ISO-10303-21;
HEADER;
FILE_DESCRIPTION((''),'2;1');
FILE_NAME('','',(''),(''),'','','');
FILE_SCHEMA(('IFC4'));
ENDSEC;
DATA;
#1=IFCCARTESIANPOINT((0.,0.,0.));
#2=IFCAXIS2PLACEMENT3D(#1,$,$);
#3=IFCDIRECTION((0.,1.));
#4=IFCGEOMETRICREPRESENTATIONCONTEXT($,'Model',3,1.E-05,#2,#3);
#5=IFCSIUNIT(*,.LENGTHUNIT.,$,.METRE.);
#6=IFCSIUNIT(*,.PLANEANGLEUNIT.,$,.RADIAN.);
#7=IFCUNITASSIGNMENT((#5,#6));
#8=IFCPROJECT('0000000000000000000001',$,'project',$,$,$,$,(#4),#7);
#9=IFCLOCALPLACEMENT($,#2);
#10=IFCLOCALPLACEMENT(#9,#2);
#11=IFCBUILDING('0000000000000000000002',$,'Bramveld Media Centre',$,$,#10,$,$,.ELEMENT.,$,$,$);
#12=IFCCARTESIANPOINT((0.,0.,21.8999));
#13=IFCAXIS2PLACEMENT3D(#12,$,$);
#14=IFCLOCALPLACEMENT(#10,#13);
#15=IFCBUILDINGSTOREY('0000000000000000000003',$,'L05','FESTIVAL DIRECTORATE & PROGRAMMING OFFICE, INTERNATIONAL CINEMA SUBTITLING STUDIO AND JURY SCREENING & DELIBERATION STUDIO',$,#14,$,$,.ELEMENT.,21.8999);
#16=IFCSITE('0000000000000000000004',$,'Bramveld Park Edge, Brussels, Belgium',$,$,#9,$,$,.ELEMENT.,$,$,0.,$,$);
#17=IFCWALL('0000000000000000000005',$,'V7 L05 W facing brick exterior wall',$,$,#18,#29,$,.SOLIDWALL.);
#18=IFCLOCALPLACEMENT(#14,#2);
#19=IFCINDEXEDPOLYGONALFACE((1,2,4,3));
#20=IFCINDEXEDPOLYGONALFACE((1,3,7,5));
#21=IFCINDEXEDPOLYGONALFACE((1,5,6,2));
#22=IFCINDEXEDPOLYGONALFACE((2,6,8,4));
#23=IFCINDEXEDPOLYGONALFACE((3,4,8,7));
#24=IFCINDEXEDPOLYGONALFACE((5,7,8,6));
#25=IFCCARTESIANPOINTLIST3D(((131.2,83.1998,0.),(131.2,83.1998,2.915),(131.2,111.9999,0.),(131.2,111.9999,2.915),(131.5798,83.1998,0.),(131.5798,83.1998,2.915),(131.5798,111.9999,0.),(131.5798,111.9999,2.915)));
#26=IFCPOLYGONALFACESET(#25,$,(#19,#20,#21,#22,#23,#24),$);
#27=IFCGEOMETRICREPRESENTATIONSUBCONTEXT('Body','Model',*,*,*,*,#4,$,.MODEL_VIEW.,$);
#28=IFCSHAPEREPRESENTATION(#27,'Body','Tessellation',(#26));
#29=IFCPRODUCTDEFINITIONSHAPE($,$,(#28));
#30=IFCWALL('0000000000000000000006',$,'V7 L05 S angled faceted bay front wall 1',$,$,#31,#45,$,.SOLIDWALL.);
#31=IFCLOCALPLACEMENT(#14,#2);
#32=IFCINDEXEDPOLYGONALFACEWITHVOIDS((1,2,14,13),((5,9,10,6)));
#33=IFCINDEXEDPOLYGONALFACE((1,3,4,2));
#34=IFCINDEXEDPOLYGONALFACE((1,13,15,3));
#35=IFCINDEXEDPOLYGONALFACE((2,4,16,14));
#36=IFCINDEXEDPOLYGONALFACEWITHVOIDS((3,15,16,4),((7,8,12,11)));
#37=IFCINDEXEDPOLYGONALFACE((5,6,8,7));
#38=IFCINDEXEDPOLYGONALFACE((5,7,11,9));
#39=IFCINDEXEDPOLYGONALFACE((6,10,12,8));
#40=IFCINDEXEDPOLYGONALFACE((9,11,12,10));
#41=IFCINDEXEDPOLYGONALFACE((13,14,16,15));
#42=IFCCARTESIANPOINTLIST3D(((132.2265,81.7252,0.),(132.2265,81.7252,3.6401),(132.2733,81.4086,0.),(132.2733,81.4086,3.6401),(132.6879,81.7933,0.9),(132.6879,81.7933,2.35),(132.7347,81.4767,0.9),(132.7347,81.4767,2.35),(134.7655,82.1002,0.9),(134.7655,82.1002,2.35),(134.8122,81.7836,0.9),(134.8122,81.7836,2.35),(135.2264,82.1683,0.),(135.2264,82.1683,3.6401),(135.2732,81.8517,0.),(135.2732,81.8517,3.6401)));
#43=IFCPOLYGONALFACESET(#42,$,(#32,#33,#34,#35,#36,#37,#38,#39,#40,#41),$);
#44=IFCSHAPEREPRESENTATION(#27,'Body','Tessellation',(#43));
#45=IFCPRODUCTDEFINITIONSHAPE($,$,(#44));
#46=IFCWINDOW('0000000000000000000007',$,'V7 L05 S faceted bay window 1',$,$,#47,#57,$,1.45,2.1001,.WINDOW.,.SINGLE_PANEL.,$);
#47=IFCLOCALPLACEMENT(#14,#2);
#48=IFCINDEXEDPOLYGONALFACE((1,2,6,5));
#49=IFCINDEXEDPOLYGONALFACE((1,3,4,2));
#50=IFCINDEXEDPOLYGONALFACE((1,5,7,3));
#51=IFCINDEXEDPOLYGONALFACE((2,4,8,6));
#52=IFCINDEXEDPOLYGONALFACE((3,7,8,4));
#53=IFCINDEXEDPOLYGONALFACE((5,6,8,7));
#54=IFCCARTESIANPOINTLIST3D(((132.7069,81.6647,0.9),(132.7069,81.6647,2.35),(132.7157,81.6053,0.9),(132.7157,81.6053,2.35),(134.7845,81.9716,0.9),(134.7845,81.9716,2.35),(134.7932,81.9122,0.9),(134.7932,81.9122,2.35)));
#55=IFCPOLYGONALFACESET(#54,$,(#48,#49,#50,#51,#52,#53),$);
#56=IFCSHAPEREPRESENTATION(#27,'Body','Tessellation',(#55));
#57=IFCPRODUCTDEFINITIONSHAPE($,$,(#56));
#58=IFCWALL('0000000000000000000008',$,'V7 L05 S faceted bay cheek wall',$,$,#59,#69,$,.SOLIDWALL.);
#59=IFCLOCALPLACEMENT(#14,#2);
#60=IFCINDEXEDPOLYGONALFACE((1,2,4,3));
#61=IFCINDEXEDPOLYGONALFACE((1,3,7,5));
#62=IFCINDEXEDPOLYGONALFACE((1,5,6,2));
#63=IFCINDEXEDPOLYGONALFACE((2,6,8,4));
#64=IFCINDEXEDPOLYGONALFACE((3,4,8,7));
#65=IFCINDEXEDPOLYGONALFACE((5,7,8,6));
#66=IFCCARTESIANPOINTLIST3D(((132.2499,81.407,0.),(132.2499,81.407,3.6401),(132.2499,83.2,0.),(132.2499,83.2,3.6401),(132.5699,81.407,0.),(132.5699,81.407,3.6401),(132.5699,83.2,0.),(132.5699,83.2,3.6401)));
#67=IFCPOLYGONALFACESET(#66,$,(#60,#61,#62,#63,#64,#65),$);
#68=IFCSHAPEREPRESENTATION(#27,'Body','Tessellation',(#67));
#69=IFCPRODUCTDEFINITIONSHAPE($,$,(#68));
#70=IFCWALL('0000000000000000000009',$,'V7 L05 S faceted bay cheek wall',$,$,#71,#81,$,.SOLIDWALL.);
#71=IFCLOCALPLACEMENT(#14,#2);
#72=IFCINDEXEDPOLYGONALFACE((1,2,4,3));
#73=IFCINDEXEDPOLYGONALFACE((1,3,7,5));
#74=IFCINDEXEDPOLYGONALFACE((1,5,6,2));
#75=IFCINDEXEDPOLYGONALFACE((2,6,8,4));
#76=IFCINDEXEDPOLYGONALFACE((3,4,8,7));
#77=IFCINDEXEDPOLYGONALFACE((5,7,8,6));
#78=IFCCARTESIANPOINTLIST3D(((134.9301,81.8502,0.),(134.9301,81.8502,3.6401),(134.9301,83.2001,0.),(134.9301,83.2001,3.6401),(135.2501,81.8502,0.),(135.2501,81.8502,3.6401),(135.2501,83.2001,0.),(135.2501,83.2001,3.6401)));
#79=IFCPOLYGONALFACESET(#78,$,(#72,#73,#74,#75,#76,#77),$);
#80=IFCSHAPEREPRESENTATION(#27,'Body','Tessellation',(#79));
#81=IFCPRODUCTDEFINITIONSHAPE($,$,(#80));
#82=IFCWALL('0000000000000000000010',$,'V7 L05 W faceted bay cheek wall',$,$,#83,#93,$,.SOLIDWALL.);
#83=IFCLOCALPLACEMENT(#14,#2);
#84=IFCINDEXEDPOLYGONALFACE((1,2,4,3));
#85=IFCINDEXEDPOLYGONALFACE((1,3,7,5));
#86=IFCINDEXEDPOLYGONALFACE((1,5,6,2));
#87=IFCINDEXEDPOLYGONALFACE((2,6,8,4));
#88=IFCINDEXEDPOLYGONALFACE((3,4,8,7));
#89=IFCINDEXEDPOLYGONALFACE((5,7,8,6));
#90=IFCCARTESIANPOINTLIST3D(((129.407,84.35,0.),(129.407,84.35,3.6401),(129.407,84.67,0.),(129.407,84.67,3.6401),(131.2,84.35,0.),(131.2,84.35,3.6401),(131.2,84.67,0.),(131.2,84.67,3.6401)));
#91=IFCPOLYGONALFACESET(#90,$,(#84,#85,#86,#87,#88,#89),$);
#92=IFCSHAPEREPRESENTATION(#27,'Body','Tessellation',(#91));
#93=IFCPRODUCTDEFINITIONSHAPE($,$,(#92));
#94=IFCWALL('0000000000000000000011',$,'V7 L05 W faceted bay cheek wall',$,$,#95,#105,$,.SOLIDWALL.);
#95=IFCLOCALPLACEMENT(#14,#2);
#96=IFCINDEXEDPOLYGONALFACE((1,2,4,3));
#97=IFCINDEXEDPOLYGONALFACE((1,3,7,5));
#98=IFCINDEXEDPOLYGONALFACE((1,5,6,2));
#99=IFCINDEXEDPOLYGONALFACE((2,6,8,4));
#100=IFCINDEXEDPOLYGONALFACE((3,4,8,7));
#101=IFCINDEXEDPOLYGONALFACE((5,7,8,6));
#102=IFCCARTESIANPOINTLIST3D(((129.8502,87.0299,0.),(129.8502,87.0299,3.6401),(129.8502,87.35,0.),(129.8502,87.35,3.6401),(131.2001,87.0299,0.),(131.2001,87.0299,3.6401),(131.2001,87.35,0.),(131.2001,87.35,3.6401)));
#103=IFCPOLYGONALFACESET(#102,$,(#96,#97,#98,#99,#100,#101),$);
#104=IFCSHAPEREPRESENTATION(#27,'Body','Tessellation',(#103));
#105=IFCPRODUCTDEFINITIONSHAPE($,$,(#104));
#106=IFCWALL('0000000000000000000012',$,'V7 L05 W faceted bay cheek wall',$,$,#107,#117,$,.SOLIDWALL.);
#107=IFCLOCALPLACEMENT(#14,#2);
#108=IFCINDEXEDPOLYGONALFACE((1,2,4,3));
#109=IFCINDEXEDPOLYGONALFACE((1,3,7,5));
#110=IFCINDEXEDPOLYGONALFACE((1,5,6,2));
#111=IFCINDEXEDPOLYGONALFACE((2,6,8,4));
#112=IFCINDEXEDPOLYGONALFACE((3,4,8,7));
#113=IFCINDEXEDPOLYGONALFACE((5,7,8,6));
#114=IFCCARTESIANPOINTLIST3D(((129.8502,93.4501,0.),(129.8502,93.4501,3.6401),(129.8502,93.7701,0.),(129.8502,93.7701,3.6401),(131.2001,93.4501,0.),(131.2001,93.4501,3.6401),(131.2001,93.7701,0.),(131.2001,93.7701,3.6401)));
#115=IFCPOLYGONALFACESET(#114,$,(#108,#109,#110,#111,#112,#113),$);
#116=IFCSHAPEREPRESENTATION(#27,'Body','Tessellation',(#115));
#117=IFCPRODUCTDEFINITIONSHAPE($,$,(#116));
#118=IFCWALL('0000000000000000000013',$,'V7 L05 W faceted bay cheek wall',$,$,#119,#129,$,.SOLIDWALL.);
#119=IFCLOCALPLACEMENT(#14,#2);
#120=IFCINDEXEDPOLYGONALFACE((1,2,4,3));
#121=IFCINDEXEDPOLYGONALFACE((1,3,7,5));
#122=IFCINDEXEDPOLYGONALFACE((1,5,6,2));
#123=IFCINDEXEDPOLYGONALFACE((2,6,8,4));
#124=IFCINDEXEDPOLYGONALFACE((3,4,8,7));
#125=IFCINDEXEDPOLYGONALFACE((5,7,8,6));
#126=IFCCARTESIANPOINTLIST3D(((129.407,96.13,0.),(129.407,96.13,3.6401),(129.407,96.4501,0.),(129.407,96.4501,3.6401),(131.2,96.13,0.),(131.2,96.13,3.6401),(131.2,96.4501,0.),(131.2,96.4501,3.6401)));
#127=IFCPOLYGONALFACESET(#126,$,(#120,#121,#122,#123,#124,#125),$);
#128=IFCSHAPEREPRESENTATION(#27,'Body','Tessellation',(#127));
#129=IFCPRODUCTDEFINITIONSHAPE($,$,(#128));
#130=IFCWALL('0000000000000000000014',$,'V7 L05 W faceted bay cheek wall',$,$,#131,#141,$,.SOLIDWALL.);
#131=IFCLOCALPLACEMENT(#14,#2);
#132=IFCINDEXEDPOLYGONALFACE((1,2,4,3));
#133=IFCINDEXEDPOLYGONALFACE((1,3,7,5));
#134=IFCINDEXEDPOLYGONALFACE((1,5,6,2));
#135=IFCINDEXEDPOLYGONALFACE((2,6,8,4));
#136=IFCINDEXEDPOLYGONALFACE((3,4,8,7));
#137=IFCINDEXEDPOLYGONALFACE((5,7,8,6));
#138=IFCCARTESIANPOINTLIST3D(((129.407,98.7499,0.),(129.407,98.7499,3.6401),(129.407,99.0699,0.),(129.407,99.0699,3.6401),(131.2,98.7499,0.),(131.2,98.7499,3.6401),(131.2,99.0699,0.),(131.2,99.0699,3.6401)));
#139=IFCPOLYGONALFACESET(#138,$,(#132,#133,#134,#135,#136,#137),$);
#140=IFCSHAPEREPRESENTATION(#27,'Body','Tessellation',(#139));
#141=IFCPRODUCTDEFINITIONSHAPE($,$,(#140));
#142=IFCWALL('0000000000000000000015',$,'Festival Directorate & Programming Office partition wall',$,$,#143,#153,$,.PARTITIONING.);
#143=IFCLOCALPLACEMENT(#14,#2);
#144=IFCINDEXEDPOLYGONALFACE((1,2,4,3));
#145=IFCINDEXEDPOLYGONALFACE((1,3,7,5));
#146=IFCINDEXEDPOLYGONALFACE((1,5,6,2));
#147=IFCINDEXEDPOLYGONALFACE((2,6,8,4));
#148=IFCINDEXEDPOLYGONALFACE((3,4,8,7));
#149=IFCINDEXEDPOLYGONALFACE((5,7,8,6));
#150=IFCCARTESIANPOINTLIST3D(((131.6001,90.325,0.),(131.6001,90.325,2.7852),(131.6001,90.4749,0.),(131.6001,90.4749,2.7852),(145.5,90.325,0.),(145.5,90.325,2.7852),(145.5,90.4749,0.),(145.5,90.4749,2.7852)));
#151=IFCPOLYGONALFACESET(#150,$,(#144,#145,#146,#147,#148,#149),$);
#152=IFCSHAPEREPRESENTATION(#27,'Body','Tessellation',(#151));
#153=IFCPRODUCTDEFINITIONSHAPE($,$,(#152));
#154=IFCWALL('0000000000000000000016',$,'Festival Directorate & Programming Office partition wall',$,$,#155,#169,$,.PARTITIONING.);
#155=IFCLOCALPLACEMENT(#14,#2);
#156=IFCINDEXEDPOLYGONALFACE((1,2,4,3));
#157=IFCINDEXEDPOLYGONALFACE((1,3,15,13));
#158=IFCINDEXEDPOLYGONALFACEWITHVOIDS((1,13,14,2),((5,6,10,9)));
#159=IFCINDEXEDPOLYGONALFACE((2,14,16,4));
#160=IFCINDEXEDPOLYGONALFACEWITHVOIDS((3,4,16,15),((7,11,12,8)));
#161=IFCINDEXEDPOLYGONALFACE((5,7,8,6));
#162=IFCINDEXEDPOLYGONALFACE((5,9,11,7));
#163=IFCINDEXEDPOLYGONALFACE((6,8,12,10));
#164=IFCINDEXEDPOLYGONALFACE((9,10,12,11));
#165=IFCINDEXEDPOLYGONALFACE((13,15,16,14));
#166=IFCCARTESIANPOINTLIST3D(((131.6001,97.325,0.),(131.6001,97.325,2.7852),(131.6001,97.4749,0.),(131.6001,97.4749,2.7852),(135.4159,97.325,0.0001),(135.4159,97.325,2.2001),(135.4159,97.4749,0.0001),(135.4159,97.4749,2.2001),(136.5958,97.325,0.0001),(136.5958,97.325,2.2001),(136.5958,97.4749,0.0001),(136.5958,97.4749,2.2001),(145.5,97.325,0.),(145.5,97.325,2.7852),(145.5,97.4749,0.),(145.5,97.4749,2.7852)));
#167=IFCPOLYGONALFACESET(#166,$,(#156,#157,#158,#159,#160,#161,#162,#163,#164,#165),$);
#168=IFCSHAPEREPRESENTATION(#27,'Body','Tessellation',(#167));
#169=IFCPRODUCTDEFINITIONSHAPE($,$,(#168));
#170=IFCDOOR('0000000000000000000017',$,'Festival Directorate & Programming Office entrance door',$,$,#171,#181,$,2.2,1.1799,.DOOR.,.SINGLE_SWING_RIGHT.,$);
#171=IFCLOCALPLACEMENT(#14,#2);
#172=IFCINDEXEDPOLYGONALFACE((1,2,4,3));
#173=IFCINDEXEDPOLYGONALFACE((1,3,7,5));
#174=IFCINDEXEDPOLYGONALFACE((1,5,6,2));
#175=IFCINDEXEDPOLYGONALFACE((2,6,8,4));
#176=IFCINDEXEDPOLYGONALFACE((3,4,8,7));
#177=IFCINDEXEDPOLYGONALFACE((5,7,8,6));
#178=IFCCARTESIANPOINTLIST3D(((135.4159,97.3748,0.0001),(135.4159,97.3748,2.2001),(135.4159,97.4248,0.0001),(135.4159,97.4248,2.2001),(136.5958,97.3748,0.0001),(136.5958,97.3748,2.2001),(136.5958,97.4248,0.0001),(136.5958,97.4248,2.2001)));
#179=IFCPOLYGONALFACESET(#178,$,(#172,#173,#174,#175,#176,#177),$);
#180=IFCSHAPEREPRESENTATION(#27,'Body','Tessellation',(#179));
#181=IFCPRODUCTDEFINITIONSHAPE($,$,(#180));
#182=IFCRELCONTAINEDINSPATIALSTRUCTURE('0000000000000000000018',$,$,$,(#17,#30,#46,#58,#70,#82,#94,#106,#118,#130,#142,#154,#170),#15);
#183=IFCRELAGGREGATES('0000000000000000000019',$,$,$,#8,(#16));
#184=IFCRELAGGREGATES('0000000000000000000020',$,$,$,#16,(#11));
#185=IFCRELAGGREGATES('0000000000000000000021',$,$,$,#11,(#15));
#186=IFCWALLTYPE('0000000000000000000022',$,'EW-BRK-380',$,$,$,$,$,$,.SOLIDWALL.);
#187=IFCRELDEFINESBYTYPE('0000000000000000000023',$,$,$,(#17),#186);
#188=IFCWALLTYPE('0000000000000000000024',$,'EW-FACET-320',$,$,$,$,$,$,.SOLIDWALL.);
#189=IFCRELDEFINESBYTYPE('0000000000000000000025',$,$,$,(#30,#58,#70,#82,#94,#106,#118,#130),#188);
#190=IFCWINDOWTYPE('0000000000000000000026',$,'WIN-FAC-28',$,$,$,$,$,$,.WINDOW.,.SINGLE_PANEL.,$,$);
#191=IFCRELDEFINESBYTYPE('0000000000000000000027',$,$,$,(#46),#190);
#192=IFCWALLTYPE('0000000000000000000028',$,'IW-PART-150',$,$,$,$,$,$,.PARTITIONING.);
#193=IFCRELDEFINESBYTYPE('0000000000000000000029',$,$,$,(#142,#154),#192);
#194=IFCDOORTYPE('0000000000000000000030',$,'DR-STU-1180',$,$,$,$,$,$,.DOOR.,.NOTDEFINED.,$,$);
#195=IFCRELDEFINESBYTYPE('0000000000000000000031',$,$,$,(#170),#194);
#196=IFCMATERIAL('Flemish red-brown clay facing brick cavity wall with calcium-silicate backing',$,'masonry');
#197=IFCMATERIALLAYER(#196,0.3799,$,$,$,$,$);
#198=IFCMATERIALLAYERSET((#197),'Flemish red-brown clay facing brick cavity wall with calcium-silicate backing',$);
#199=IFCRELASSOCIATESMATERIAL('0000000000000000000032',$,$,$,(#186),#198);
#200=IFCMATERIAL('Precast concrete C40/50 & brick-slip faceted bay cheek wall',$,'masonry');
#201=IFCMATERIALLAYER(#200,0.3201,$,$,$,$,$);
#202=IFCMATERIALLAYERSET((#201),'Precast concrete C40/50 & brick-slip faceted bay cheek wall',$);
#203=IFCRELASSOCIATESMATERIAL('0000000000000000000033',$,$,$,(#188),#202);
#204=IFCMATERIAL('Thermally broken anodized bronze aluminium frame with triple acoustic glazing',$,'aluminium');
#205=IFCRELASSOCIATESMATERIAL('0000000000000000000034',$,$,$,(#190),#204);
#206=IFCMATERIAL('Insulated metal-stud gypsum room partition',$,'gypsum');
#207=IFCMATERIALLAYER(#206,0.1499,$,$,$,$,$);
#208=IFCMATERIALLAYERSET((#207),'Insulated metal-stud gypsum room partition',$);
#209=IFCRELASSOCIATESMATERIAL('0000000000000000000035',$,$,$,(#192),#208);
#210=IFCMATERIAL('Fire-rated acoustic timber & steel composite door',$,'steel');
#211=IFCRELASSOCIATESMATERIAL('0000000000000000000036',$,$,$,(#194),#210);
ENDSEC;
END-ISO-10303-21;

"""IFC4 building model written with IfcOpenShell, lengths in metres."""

from ifc_helpers import new_model, si_unit, direction, frame, frame_2d, origin, place, context, subcontext, project, spatial, rectangle, extrude, material, layer, layer_set, type_object, element, fill, save


model = new_model("IFC4")

# Units and contexts
model_context = context("Model", 3, precision=1e-05, world=origin(), true_north=direction((0.0, 1.0)))
body_context = subcontext(model_context, "Body", "Model", "MODEL_VIEW")
ifc_project = project(units=[si_unit("LENGTHUNIT", "METRE"), si_unit("PLANEANGLEUNIT", "RADIAN")], contexts=[model_context])

# Site, building, storey
site_placement = place(None, origin())
site = spatial("IfcSite", under=ifc_project, at=site_placement, Name="Bramveld Park Edge, Brussels, Belgium", CompositionType="ELEMENT", RefElevation=0.0)
building_placement = place(site_placement, origin())
building = spatial("IfcBuilding", under=site, at=building_placement, Name="Bramveld Media Centre", CompositionType="ELEMENT")
storey_placement = place(building_placement, frame((0.0, 0.0, 21.8999)))
storey = spatial("IfcBuildingStorey", under=building, at=storey_placement, Name="L05", Description="FESTIVAL DIRECTORATE & PROGRAMMING OFFICE, INTERNATIONAL CINEMA SUBTITLING STUDIO AND JURY SCREENING & DELIBERATION STUDIO", CompositionType="ELEMENT", Elevation=21.8999)

# Wall
ifc_material_1 = material(Name="Flemish red-brown clay facing brick cavity wall with calcium-silicate backing", Category="masonry")
ifc_layer_1 = layer(ifc_material_1, 0.3799)
ifc_layer_set_1 = layer_set([ifc_layer_1], Name="Flemish red-brown clay facing brick cavity wall with calcium-silicate backing")
wall_type_1 = type_object("IfcWallType", Name="EW-BRK-380", PredefinedType="SOLIDWALL", material=ifc_layer_set_1)
wall_1_placement = place(storey_placement, frame((131.3899, 83.2, 0.0), z_axis=(0.0, 0.0, 1.0), x_axis=(0.0, 1.0, 0.0)))
element("IfcWall", 1, at=wall_1_placement, inside=storey, type_object=wall_type_1, Name="V7 L05 W facing brick exterior wall", PredefinedType="SOLIDWALL", context=body_context, shape_type="SweptSolid", body=[
    extrude(rectangle(XDim=28.8, YDim=0.3799, at=frame_2d((14.3999, 0.0))), origin(), (0.0, 0.0, 1.0), 2.915),
])

# Wall, opening, window
ifc_material_2 = material(Name="Precast concrete C40/50 & brick-slip faceted bay cheek wall", Category="masonry")
ifc_layer_2 = layer(ifc_material_2, 0.3201)
ifc_layer_set_2 = layer_set([ifc_layer_2], Name="Precast concrete C40/50 & brick-slip faceted bay cheek wall")
wall_type_2 = type_object("IfcWallType", Name="EW-FACET-320", PredefinedType="SOLIDWALL", material=ifc_layer_set_2)
wall_2_placement = place(storey_placement, frame((132.25, 81.5669, 0.0), z_axis=(0.0, 0.0, 1.0), x_axis=(0.989267, 0.14612, 0.0)))
wall_2 = element("IfcWall", 2, at=wall_2_placement, inside=storey, type_object=wall_type_2, Name="V7 L05 S angled faceted bay front wall 1", PredefinedType="SOLIDWALL", context=body_context, shape_type="SweptSolid", body=[
    extrude(rectangle(XDim=3.0325, YDim=0.3201, at=frame_2d((1.5161, 0.0))), origin(), (0.0, 0.0, 1.0), 3.6401),
])
opening_1_placement = place(wall_2_placement, frame((0.4663, 0.0, 0.8999)))
opening_1 = element("IfcOpeningElement", 3, at=opening_1_placement, cuts=wall_2, PredefinedType="OPENING", context=body_context, shape_type="SweptSolid", body=[
    extrude(rectangle(XDim=2.1001, YDim=1.45, at=frame_2d((1.05, 0.7251))), frame((0.0, 0.1719, 0.0), z_axis=(0.0, -1.0, 0.0), x_axis=(1.0, 0.0, 0.0)), (0.0, 0.0, 1.0), 0.344),
])
ifc_material_3 = material(Name="Thermally broken anodized bronze aluminium frame with triple acoustic glazing", Category="aluminium")
window_type = type_object("IfcWindowType", Name="WIN-FAC-28", PartitioningType="SINGLE_PANEL", PredefinedType="WINDOW", material=ifc_material_3)
window_placement = place(opening_1_placement, origin())
window = element("IfcWindow", 4, at=window_placement, inside=storey, type_object=window_type, Name="V7 L05 S faceted bay window 1", OverallHeight=1.45, OverallWidth=2.1001, PartitioningType="SINGLE_PANEL", PredefinedType="WINDOW", context=body_context, shape_type="SweptSolid", body=[
    extrude(rectangle(XDim=2.1001, YDim=1.45, at=frame_2d((1.05, 0.7251))), frame((0.0, 0.03, 0.0), z_axis=(0.0, -1.0, 0.0), x_axis=(1.0, 0.0, 0.0)), (0.0, 0.0, 1.0), 0.0601),
])
fill(opening_1, window)

# Walls
wall_3_placement = place(storey_placement, frame((132.4099, 83.2, 0.0), z_axis=(0.0, 0.0, 1.0), x_axis=(0.0, -1.0, 0.0)))
element("IfcWall", 5, at=wall_3_placement, inside=storey, type_object=wall_type_2, Name="V7 L05 S faceted bay cheek wall", PredefinedType="SOLIDWALL", context=body_context, shape_type="SweptSolid", body=[
    extrude(rectangle(XDim=1.793, YDim=0.3201, at=frame_2d((0.8965, 0.0))), origin(), (0.0, 0.0, 1.0), 3.6401),
])
wall_4_placement = place(storey_placement, frame((135.0901, 83.2, 0.0), z_axis=(0.0, 0.0, 1.0), x_axis=(0.0, -1.0, 0.0)))
element("IfcWall", 6, at=wall_4_placement, inside=storey, type_object=wall_type_2, Name="V7 L05 S faceted bay cheek wall", PredefinedType="SOLIDWALL", context=body_context, shape_type="SweptSolid", body=[
    extrude(rectangle(XDim=1.3499, YDim=0.3201, at=frame_2d((0.6748, 0.0))), origin(), (0.0, 0.0, 1.0), 3.6401),
])
wall_5_placement = place(storey_placement, frame((131.2, 84.51, 0.0), z_axis=(0.0, 0.0, 1.0), x_axis=(-1.0, 0.0, 0.0)))
element("IfcWall", 7, at=wall_5_placement, inside=storey, type_object=wall_type_2, Name="V7 L05 W faceted bay cheek wall", PredefinedType="SOLIDWALL", context=body_context, shape_type="SweptSolid", body=[
    extrude(rectangle(XDim=1.793, YDim=0.3201, at=frame_2d((0.8965, 0.0))), origin(), (0.0, 0.0, 1.0), 3.6401),
])
for number, where, z_axis, x_axis, name in (
    (8, (131.2, 87.1899, 0.0), (0.0, 0.0, 1.0), (-1.0, 0.0, 0.0), "V7 L05 W faceted bay cheek wall"),
    (9, (131.2, 93.6101, 0.0), (0.0, 0.0, 1.0), (-1.0, 0.0, 0.0), "V7 L05 W faceted bay cheek wall"),
):
    element("IfcWall", number, at=place(storey_placement, frame(where, z_axis=z_axis, x_axis=x_axis)), inside=storey, type_object=wall_type_2, Name=name, PredefinedType="SOLIDWALL", context=body_context, shape_type="SweptSolid", body=[
        extrude(rectangle(XDim=1.3499, YDim=0.3201, at=frame_2d((0.6748, 0.0))), origin(), (0.0, 0.0, 1.0), 3.6401),
    ])
for number, where, z_axis, x_axis, name in (
    (10, (131.2, 96.29, 0.0), (0.0, 0.0, 1.0), (-1.0, 0.0, 0.0), "V7 L05 W faceted bay cheek wall"),
    (11, (131.2, 98.9099, 0.0), (0.0, 0.0, 1.0), (-1.0, 0.0, 0.0), "V7 L05 W faceted bay cheek wall"),
):
    element("IfcWall", number, at=place(storey_placement, frame(where, z_axis=z_axis, x_axis=x_axis)), inside=storey, type_object=wall_type_2, Name=name, PredefinedType="SOLIDWALL", context=body_context, shape_type="SweptSolid", body=[
        extrude(rectangle(XDim=1.793, YDim=0.3201, at=frame_2d((0.8965, 0.0))), origin(), (0.0, 0.0, 1.0), 3.6401),
    ])
ifc_material_4 = material(Name="Insulated metal-stud gypsum room partition", Category="gypsum")
ifc_layer_3 = layer(ifc_material_4, 0.1499)
ifc_layer_set_3 = layer_set([ifc_layer_3], Name="Insulated metal-stud gypsum room partition")
wall_type_3 = type_object("IfcWallType", Name="IW-PART-150", PredefinedType="PARTITIONING", material=ifc_layer_set_3)
wall_6_placement = place(storey_placement, frame((131.6001, 90.3999, 0.0), z_axis=(0.0, 0.0, 1.0), x_axis=(1.0, 0.0, 0.0)))
element("IfcWall", 12, at=wall_6_placement, inside=storey, type_object=wall_type_3, Name="Festival Directorate & Programming Office partition wall", PredefinedType="PARTITIONING", context=body_context, shape_type="SweptSolid", body=[
    extrude(rectangle(XDim=13.8999, YDim=0.1499, at=frame_2d((6.95, 0.0))), origin(), (0.0, 0.0, 1.0), 2.7852),
])

# Wall, opening, door
wall_7_placement = place(storey_placement, frame((131.6001, 97.3999, 0.0), z_axis=(0.0, 0.0, 1.0), x_axis=(1.0, 0.0, 0.0)))
wall_7 = element("IfcWall", 13, at=wall_7_placement, inside=storey, type_object=wall_type_3, Name="Festival Directorate & Programming Office partition wall", PredefinedType="PARTITIONING", context=body_context, shape_type="SweptSolid", body=[
    extrude(rectangle(XDim=13.8999, YDim=0.1499, at=frame_2d((6.95, 0.0))), origin(), (0.0, 0.0, 1.0), 2.7852),
])
opening_2_placement = place(wall_7_placement, frame((3.8159, 0.0, 0.0)))
opening_2 = element("IfcOpeningElement", 14, at=opening_2_placement, cuts=wall_7, PredefinedType="OPENING", context=body_context, shape_type="SweptSolid", body=[
    extrude(rectangle(XDim=1.1799, YDim=2.2, at=frame_2d((0.5898, 1.1001))), frame((0.0, 0.0869, 0.0), z_axis=(0.0, -1.0, 0.0), x_axis=(1.0, 0.0, 0.0)), (0.0, 0.0, 1.0), 0.1738),
])
ifc_material_5 = material(Name="Fire-rated acoustic timber & steel composite door", Category="steel")
door_type = type_object("IfcDoorType", Name="DR-STU-1180", OperationType="NOTDEFINED", PredefinedType="DOOR", material=ifc_material_5)
door_placement = place(opening_2_placement, origin())
door = element("IfcDoor", 15, at=door_placement, inside=storey, type_object=door_type, Name="Festival Directorate & Programming Office entrance door", OperationType="SINGLE_SWING_RIGHT", OverallHeight=2.2, OverallWidth=1.1799, PredefinedType="DOOR", context=body_context, shape_type="SweptSolid", body=[
    extrude(rectangle(XDim=1.1799, YDim=2.2, at=frame_2d((0.5898, 1.1001))), frame((0.0, 0.0249, 0.0), z_axis=(0.0, -1.0, 0.0), x_axis=(1.0, 0.0, 0.0)), (0.0, 0.0, 1.0), 0.05),
])
fill(opening_2, door)

save(model, "model.ifc")
